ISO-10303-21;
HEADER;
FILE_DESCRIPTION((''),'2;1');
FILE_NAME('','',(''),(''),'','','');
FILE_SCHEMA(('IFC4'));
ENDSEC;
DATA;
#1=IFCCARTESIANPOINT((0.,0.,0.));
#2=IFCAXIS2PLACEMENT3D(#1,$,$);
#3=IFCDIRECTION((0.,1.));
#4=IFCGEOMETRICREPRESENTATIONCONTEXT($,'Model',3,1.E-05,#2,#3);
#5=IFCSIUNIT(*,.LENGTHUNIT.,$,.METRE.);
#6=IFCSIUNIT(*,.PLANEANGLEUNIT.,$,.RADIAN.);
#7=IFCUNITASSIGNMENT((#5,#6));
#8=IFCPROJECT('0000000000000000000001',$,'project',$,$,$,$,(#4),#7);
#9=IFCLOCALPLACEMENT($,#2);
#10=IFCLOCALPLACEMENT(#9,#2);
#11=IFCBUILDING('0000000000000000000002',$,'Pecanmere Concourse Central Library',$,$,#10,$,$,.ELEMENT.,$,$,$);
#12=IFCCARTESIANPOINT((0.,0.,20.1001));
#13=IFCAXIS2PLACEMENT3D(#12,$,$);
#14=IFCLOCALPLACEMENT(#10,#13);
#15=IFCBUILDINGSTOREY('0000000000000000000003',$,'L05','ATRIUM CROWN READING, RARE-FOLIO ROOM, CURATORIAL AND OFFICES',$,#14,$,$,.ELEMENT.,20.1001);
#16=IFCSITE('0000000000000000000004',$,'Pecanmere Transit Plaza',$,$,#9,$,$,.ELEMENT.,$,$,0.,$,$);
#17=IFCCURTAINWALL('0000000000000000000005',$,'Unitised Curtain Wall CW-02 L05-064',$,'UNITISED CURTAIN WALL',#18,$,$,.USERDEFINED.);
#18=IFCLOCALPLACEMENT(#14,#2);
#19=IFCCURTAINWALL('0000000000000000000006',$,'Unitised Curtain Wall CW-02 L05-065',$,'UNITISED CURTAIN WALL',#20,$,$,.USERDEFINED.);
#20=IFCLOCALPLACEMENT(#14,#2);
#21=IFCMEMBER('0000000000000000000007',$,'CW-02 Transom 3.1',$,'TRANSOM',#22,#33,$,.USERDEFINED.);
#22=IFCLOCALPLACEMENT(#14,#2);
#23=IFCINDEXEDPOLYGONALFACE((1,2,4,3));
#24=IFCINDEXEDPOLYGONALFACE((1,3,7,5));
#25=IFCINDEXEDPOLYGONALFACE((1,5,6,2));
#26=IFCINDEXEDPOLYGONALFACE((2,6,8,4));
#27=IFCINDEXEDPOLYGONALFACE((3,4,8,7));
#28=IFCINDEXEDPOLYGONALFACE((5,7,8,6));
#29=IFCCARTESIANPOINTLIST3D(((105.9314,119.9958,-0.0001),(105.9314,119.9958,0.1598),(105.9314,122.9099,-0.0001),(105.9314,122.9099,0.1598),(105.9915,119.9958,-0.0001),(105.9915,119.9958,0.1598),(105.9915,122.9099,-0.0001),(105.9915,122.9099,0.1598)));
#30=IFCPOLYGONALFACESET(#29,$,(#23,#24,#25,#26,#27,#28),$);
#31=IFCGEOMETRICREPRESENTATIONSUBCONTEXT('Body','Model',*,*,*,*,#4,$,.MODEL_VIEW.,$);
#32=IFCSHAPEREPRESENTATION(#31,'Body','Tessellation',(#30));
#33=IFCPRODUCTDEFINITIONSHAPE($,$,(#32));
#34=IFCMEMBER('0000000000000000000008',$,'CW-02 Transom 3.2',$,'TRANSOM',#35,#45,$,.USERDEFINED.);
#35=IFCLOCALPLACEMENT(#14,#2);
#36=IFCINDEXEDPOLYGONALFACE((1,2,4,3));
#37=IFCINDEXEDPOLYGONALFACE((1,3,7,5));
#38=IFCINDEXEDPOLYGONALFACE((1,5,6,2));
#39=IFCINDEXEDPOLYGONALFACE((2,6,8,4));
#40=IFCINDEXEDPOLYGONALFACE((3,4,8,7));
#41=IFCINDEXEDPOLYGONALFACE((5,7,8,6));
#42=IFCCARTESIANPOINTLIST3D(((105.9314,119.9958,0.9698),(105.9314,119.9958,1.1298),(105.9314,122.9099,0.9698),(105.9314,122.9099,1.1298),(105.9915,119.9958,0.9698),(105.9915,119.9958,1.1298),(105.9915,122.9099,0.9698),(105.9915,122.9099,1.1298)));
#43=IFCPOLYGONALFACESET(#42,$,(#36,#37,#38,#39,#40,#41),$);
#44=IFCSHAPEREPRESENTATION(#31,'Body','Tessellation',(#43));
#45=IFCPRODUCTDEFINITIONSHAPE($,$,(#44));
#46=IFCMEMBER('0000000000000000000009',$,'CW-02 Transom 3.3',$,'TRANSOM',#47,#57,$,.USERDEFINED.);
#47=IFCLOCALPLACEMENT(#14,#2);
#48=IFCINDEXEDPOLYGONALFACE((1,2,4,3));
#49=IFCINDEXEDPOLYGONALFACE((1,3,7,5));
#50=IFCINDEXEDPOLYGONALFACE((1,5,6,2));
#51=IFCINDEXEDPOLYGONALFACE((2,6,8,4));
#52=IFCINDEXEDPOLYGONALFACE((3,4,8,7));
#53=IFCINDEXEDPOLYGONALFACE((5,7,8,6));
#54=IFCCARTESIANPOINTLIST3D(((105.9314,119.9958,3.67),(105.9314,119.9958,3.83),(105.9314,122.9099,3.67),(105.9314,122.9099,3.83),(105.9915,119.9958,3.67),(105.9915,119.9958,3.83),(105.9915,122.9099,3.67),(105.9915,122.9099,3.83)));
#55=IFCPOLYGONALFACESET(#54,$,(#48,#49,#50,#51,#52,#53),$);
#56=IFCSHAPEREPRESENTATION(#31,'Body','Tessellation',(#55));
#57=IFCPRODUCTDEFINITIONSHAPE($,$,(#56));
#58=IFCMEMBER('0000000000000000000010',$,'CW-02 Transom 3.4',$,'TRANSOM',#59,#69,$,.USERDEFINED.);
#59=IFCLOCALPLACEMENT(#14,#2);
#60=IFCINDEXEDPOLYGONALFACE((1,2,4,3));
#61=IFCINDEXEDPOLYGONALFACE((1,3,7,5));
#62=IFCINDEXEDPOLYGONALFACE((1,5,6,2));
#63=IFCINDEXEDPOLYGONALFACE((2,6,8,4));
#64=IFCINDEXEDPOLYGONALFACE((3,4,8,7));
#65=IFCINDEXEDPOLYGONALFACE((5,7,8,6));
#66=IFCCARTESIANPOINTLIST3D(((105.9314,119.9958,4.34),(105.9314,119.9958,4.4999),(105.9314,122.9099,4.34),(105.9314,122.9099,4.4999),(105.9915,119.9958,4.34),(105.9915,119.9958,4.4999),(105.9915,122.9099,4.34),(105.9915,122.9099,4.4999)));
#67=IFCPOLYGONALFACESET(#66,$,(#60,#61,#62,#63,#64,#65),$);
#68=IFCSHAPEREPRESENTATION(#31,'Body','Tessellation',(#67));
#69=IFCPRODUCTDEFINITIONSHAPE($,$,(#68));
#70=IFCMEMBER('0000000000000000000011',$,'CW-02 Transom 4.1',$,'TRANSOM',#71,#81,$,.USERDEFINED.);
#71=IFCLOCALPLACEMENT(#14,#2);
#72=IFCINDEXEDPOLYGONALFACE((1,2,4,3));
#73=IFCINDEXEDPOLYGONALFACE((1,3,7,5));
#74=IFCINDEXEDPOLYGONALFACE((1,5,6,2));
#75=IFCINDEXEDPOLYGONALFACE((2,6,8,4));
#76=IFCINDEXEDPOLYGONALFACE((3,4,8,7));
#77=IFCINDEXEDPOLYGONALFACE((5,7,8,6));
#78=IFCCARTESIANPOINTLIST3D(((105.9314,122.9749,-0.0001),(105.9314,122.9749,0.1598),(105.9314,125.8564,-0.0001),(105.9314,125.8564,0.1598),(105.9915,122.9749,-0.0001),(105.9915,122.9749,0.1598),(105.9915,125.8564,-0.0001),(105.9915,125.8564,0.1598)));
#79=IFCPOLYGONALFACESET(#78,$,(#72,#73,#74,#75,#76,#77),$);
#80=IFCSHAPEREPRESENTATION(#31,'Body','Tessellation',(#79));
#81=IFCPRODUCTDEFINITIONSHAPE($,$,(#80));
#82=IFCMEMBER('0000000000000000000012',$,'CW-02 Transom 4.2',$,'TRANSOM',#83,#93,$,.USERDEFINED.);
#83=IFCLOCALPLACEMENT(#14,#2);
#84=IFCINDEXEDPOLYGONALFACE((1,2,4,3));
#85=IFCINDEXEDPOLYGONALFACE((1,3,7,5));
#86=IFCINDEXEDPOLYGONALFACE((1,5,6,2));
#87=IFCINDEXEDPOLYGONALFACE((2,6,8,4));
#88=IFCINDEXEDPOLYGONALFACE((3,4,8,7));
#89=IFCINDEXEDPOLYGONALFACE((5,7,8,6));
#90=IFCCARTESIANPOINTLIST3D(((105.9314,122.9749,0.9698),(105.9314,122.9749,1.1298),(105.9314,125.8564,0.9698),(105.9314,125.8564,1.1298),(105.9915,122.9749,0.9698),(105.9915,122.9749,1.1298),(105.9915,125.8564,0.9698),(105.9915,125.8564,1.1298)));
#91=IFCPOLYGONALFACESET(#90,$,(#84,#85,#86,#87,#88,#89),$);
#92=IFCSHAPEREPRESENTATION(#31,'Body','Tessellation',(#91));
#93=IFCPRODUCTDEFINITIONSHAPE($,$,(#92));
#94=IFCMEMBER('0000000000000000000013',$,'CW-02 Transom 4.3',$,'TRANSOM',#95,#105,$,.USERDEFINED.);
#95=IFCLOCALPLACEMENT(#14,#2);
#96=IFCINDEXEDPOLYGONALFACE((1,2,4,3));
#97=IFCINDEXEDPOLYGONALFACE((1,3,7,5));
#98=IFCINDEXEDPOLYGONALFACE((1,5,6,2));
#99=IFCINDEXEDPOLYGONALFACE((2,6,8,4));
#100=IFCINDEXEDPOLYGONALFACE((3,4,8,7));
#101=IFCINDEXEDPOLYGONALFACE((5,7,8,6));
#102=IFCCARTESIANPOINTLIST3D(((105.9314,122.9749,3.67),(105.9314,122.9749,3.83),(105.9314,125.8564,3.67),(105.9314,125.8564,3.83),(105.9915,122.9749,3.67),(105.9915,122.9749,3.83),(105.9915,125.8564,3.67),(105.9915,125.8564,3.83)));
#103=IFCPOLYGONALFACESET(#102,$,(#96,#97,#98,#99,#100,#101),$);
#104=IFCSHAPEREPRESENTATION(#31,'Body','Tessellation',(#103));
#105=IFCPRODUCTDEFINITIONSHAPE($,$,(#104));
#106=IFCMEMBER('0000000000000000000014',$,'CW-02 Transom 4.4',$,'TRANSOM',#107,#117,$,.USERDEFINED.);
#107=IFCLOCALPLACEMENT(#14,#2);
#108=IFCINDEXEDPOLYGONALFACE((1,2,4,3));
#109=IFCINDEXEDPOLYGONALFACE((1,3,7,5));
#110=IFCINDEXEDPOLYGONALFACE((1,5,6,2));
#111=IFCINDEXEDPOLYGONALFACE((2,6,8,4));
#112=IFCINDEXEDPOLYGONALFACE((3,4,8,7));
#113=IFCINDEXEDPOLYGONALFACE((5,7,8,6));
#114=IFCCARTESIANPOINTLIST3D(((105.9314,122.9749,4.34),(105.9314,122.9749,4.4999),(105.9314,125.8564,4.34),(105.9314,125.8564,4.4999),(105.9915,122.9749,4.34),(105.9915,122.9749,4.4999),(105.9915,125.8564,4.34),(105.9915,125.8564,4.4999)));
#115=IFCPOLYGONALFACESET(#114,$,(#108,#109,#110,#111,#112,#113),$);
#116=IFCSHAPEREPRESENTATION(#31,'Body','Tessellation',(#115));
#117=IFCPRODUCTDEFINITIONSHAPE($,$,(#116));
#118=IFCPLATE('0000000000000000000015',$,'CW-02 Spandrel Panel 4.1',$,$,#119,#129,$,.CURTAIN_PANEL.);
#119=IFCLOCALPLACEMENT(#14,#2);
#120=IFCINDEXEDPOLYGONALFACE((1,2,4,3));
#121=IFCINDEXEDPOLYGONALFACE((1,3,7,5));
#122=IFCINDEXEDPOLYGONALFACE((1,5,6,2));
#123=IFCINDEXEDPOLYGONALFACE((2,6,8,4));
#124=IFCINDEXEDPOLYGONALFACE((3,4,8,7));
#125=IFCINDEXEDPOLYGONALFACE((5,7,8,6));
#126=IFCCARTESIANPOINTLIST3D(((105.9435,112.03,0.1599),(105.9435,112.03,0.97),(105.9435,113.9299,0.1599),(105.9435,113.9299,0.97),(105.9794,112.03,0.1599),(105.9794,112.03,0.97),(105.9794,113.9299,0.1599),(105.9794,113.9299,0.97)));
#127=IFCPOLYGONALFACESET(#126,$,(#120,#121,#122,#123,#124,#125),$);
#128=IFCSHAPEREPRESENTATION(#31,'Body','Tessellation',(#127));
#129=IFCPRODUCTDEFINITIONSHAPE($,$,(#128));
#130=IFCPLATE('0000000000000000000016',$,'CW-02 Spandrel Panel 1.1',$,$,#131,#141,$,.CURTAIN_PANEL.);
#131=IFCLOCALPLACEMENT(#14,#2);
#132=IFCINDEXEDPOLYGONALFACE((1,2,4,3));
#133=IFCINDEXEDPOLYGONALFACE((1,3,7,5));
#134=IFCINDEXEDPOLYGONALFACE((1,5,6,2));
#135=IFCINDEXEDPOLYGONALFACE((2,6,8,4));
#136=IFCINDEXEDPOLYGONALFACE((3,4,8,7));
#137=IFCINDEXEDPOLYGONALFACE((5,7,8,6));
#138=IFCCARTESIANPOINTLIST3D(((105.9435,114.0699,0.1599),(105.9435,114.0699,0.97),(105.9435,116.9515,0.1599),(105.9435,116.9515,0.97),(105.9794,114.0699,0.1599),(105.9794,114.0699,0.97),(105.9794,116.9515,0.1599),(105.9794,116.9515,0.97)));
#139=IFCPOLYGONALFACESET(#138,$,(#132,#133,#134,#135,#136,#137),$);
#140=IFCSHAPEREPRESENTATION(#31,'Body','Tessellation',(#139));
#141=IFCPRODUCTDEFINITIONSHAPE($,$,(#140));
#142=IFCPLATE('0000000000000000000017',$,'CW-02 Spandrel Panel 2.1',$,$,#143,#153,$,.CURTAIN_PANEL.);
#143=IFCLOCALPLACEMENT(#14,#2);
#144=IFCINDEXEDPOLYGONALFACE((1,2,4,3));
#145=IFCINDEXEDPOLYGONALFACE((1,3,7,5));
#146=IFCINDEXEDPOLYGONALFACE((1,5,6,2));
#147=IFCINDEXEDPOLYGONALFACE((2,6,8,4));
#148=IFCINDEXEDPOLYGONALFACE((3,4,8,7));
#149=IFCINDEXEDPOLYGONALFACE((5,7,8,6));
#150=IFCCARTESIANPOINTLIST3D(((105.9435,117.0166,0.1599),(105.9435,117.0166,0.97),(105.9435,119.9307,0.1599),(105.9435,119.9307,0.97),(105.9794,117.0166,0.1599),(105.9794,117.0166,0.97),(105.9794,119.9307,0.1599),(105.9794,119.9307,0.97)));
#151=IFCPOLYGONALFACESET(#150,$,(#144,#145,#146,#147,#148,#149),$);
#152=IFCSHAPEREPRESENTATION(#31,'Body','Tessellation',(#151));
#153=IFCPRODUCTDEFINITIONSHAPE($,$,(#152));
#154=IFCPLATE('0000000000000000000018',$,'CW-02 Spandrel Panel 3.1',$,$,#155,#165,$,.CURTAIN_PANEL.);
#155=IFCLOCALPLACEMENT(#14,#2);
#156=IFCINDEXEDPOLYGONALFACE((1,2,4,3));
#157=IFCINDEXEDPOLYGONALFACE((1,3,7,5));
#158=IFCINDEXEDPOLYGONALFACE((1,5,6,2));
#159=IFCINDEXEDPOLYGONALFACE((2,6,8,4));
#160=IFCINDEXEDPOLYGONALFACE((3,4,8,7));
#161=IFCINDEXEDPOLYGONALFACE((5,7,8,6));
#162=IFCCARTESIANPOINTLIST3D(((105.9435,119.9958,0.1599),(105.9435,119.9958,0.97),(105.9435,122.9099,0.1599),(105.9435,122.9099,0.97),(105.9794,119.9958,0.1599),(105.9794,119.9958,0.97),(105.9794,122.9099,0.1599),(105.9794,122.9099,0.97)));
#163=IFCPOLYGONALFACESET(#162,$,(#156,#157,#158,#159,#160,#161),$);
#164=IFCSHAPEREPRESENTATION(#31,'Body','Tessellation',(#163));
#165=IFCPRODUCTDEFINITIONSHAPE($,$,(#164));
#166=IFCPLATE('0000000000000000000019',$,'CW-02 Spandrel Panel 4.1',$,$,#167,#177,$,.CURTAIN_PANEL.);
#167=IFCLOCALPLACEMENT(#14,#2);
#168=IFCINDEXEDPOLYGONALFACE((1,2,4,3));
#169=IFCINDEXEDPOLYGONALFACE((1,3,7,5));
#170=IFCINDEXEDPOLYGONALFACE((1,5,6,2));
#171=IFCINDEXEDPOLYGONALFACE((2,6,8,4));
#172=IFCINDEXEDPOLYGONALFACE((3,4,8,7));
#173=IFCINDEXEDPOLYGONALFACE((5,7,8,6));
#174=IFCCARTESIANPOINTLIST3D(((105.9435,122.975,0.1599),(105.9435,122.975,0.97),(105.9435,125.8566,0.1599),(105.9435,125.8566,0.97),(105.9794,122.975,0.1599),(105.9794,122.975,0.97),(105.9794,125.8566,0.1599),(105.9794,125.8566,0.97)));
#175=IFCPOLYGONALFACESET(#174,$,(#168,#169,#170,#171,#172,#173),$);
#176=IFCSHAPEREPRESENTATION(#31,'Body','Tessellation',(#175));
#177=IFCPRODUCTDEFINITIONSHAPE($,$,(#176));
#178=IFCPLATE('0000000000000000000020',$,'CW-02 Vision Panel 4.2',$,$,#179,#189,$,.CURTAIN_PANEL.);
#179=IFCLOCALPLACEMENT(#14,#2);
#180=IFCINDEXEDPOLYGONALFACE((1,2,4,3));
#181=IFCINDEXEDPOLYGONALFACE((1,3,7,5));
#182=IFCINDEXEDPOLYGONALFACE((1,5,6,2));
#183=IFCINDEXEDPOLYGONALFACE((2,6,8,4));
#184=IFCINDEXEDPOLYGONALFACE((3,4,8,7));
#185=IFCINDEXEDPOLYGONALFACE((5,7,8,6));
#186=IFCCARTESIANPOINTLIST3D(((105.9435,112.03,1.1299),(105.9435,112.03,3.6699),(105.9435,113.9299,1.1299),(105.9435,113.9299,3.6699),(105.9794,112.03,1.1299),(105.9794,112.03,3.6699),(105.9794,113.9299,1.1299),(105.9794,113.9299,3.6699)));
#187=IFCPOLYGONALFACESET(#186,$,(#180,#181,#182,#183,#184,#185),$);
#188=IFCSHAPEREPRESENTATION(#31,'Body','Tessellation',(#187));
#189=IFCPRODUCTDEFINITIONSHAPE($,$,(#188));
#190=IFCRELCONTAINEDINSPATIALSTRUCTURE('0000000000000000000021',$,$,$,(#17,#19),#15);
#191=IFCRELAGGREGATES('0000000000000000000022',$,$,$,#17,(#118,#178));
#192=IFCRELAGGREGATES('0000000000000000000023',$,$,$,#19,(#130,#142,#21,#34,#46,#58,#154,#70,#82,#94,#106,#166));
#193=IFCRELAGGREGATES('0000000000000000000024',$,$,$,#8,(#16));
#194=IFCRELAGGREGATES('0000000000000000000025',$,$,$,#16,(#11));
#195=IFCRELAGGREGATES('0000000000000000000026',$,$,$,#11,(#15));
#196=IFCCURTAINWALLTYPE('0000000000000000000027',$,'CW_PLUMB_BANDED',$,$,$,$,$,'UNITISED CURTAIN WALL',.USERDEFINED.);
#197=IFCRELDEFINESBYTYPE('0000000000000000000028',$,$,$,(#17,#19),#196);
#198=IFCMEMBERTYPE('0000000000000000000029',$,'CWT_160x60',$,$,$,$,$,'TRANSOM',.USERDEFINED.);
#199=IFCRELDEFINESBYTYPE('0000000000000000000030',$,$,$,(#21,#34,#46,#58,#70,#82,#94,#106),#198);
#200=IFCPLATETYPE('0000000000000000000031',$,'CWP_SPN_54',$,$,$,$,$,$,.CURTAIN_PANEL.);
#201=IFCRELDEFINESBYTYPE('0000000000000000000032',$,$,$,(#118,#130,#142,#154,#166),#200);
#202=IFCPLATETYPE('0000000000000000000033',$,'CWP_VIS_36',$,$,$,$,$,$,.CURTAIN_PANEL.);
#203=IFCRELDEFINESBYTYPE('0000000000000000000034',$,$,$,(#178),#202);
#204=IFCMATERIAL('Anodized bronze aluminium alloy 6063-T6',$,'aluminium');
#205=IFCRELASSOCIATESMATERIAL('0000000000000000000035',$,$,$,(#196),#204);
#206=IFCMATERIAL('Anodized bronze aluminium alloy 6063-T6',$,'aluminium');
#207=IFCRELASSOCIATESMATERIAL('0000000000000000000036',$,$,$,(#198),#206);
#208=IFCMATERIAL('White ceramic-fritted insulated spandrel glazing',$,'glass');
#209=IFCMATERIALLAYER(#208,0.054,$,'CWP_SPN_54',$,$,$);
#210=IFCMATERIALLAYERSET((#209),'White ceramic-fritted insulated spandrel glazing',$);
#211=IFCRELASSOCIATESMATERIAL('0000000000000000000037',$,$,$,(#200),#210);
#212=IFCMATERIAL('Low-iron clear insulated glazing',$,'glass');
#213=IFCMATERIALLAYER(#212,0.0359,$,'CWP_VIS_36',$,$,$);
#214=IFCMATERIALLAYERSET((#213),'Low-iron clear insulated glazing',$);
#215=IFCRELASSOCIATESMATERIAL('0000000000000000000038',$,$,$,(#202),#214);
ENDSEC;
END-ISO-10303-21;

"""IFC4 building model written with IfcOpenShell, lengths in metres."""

from ifc_helpers import new_model, si_unit, direction, frame, origin, origin_2d, place, context, subcontext, project, spatial, rectangle, extrude, material, layer, layer_set, material_profile, profile_set, type_object, element, aggregate, save


model = new_model("IFC4")

# Units and contexts
model_context = context("Model", 3, precision=1e-05, world=origin(), true_north=direction((0.0, 1.0)))
body_context = subcontext(model_context, "Body", "Model", "MODEL_VIEW")
ifc_project = project(units=[si_unit("LENGTHUNIT", "METRE"), si_unit("PLANEANGLEUNIT", "RADIAN")], contexts=[model_context])

# Site, building, storey
site_placement = place(None, origin())
site = spatial("IfcSite", under=ifc_project, at=site_placement, Name="Pecanmere Transit Plaza", CompositionType="ELEMENT", RefElevation=0.0)
building_placement = place(site_placement, origin())
building = spatial("IfcBuilding", under=site, at=building_placement, Name="Pecanmere Concourse Central Library", CompositionType="ELEMENT")
storey_placement = place(building_placement, frame((0.0, 0.0, 20.1001)))
storey = spatial("IfcBuildingStorey", under=building, at=storey_placement, Name="L05", Description="ATRIUM CROWN READING, RARE-FOLIO ROOM, CURATORIAL AND OFFICES", CompositionType="ELEMENT", Elevation=20.1001)

# Curtain wall
ifc_material_1 = material(Name="Anodized bronze aluminium alloy 6063-T6", Category="aluminium")
curtain_wall_type = type_object("IfcCurtainWallType", Name="CW_PLUMB_BANDED", ElementType="UNITISED CURTAIN WALL", PredefinedType="USERDEFINED", material=ifc_material_1)
curtain_wall_1_placement = place(storey_placement, origin())
curtain_wall_1 = element("IfcCurtainWall", 1, at=curtain_wall_1_placement, inside=storey, type_object=curtain_wall_type, Name="Unitised Curtain Wall CW-02 L05-064", ObjectType="UNITISED CURTAIN WALL", PredefinedType="USERDEFINED")

# Curtain wall
curtain_wall_2_placement = place(storey_placement, origin())
curtain_wall_2 = element("IfcCurtainWall", 2, at=curtain_wall_2_placement, inside=storey, type_object=curtain_wall_type, Name="Unitised Curtain Wall CW-02 L05-065", ObjectType="UNITISED CURTAIN WALL", PredefinedType="USERDEFINED")

# Members
ifc_material_2 = material(Name="Anodized bronze aluminium alloy 6063-T6", Category="aluminium")
ifc_material_profile_1 = material_profile(ifc_material_2, rectangle(XDim=0.0601, YDim=0.1599, at=origin_2d()), Name="AL 60x160")
ifc_profile_set_1 = profile_set([ifc_material_profile_1], Name="Anodized bronze aluminium alloy 6063-T6")
member_type_1 = type_object("IfcMemberType", Name="CWT_160x60", ElementType="TRANSOM", PredefinedType="USERDEFINED", material=ifc_profile_set_1)
member_1_placement = place(storey_placement, frame((105.9614, 119.9958, 0.0798), z_axis=(0.0, 1.0, 0.0), x_axis=(-1.0, 0.0, 0.0)))
member_1 = element("IfcMember", 3, at=member_1_placement, type_object=member_type_1, Name="CW-02 Transom 3.1", ObjectType="TRANSOM", PredefinedType="USERDEFINED", context=body_context, shape_type="SweptSolid", body=[
    extrude(rectangle(XDim=0.0601, YDim=0.1599, at=origin_2d()), origin(), (0.0, 0.0, 1.0), 2.9141),
])
member_2_placement = place(storey_placement, frame((105.9614, 119.9958, 1.0498), z_axis=(0.0, 1.0, 0.0), x_axis=(-1.0, 0.0, 0.0)))
member_2 = element("IfcMember", 4, at=member_2_placement, type_object=member_type_1, Name="CW-02 Transom 3.2", ObjectType="TRANSOM", PredefinedType="USERDEFINED", context=body_context, shape_type="SweptSolid", body=[
    extrude(rectangle(XDim=0.0601, YDim=0.1599, at=origin_2d()), origin(), (0.0, 0.0, 1.0), 2.9141),
])
member_3_placement = place(storey_placement, frame((105.9614, 119.9958, 3.75), z_axis=(0.0, 1.0, 0.0), x_axis=(-1.0, 0.0, 0.0)))
member_3 = element("IfcMember", 5, at=member_3_placement, type_object=member_type_1, Name="CW-02 Transom 3.3", ObjectType="TRANSOM", PredefinedType="USERDEFINED", context=body_context, shape_type="SweptSolid", body=[
    extrude(rectangle(XDim=0.0601, YDim=0.1599, at=origin_2d()), origin(), (0.0, 0.0, 1.0), 2.9141),
])
member_4_placement = place(storey_placement, frame((105.9614, 119.9958, 4.4199), z_axis=(0.0, 1.0, 0.0), x_axis=(-1.0, 0.0, 0.0)))
member_4 = element("IfcMember", 6, at=member_4_placement, type_object=member_type_1, Name="CW-02 Transom 3.4", ObjectType="TRANSOM", PredefinedType="USERDEFINED", context=body_context, shape_type="SweptSolid", body=[
    extrude(rectangle(XDim=0.0601, YDim=0.1599, at=origin_2d()), origin(), (0.0, 0.0, 1.0), 2.9141),
])
member_5_placement = place(storey_placement, frame((105.9614, 122.9749, 0.0798), z_axis=(0.0, 1.0, 0.0), x_axis=(-1.0, 0.0, 0.0)))
member_5 = element("IfcMember", 7, at=member_5_placement, type_object=member_type_1, Name="CW-02 Transom 4.1", ObjectType="TRANSOM", PredefinedType="USERDEFINED", context=body_context, shape_type="SweptSolid", body=[
    extrude(rectangle(XDim=0.0601, YDim=0.1599, at=origin_2d()), origin(), (0.0, 0.0, 1.0), 2.8816),
])
member_6_placement = place(storey_placement, frame((105.9614, 122.9749, 1.0498), z_axis=(0.0, 1.0, 0.0), x_axis=(-1.0, 0.0, 0.0)))
member_6 = element("IfcMember", 8, at=member_6_placement, type_object=member_type_1, Name="CW-02 Transom 4.2", ObjectType="TRANSOM", PredefinedType="USERDEFINED", context=body_context, shape_type="SweptSolid", body=[
    extrude(rectangle(XDim=0.0601, YDim=0.1599, at=origin_2d()), origin(), (0.0, 0.0, 1.0), 2.8816),
])
member_7_placement = place(storey_placement, frame((105.9614, 122.9749, 3.75), z_axis=(0.0, 1.0, 0.0), x_axis=(-1.0, 0.0, 0.0)))
member_7 = element("IfcMember", 9, at=member_7_placement, type_object=member_type_1, Name="CW-02 Transom 4.3", ObjectType="TRANSOM", PredefinedType="USERDEFINED", context=body_context, shape_type="SweptSolid", body=[
    extrude(rectangle(XDim=0.0601, YDim=0.1599, at=origin_2d()), origin(), (0.0, 0.0, 1.0), 2.8816),
])
member_8_placement = place(storey_placement, frame((105.9614, 122.9749, 4.4199), z_axis=(0.0, 1.0, 0.0), x_axis=(-1.0, 0.0, 0.0)))
member_8 = element("IfcMember", 10, at=member_8_placement, type_object=member_type_1, Name="CW-02 Transom 4.4", ObjectType="TRANSOM", PredefinedType="USERDEFINED", context=body_context, shape_type="SweptSolid", body=[
    extrude(rectangle(XDim=0.0601, YDim=0.1599, at=origin_2d()), origin(), (0.0, 0.0, 1.0), 2.8816),
])

# Plates
ifc_material_3 = material(Name="White ceramic-fritted insulated spandrel glazing", Category="glass")
ifc_layer_1 = layer(ifc_material_3, 0.054, Name="CWP_SPN_54")
ifc_layer_set_1 = layer_set([ifc_layer_1], Name="White ceramic-fritted insulated spandrel glazing")
plate_type_1 = type_object("IfcPlateType", Name="CWP_SPN_54", PredefinedType="CURTAIN_PANEL", material=ifc_layer_set_1)
plate_1_placement = place(storey_placement, frame((105.9614, 112.98, 0.1599), z_axis=(0.0, 0.0, 1.0), x_axis=(0.0, 1.0, 0.0)))
plate_1 = element("IfcPlate", 11, at=plate_1_placement, type_object=plate_type_1, Name="CW-02 Spandrel Panel 4.1", PredefinedType="CURTAIN_PANEL", context=body_context, shape_type="SweptSolid", body=[
    extrude(rectangle(XDim=1.8999, YDim=0.0359, at=origin_2d()), origin(), (0.0, 0.0, 1.0), 0.8101),
])
plate_2_placement = place(storey_placement, frame((105.9614, 115.5107, 0.1599), z_axis=(0.0, 0.0, 1.0), x_axis=(0.0, 1.0, 0.0)))
plate_2 = element("IfcPlate", 12, at=plate_2_placement, type_object=plate_type_1, Name="CW-02 Spandrel Panel 1.1", PredefinedType="CURTAIN_PANEL", context=body_context, shape_type="SweptSolid", body=[
    extrude(rectangle(XDim=2.8816, YDim=0.0359, at=origin_2d()), origin(), (0.0, 0.0, 1.0), 0.8101),
])
plate_3_placement = place(storey_placement, frame((105.9614, 118.4736, 0.1599), z_axis=(0.0, 0.0, 1.0), x_axis=(0.0, 1.0, 0.0)))
plate_3 = element("IfcPlate", 13, at=plate_3_placement, type_object=plate_type_1, Name="CW-02 Spandrel Panel 2.1", PredefinedType="CURTAIN_PANEL", context=body_context, shape_type="SweptSolid", body=[
    extrude(rectangle(XDim=2.9141, YDim=0.0359, at=origin_2d()), origin(), (0.0, 0.0, 1.0), 0.8101),
])
plate_4_placement = place(storey_placement, frame((105.9614, 121.4529, 0.1599), z_axis=(0.0, 0.0, 1.0), x_axis=(0.0, 1.0, 0.0)))
plate_4 = element("IfcPlate", 14, at=plate_4_placement, type_object=plate_type_1, Name="CW-02 Spandrel Panel 3.1", PredefinedType="CURTAIN_PANEL", context=body_context, shape_type="SweptSolid", body=[
    extrude(rectangle(XDim=2.9141, YDim=0.0359, at=origin_2d()), origin(), (0.0, 0.0, 1.0), 0.8101),
])
plate_5_placement = place(storey_placement, frame((105.9614, 124.4158, 0.1599), z_axis=(0.0, 0.0, 1.0), x_axis=(0.0, 1.0, 0.0)))
plate_5 = element("IfcPlate", 15, at=plate_5_placement, type_object=plate_type_1, Name="CW-02 Spandrel Panel 4.1", PredefinedType="CURTAIN_PANEL", context=body_context, shape_type="SweptSolid", body=[
    extrude(rectangle(XDim=2.8816, YDim=0.0359, at=origin_2d()), origin(), (0.0, 0.0, 1.0), 0.8101),
])
ifc_material_4 = material(Name="Low-iron clear insulated glazing", Category="glass")
ifc_layer_2 = layer(ifc_material_4, 0.0359, Name="CWP_VIS_36")
ifc_layer_set_2 = layer_set([ifc_layer_2], Name="Low-iron clear insulated glazing")
plate_type_2 = type_object("IfcPlateType", Name="CWP_VIS_36", PredefinedType="CURTAIN_PANEL", material=ifc_layer_set_2)
plate_6_placement = place(storey_placement, frame((105.9614, 112.98, 1.1299), z_axis=(0.0, 0.0, 1.0), x_axis=(0.0, 1.0, 0.0)))
plate_6 = element("IfcPlate", 16, at=plate_6_placement, type_object=plate_type_2, Name="CW-02 Vision Panel 4.2", PredefinedType="CURTAIN_PANEL", context=body_context, shape_type="SweptSolid", body=[
    extrude(rectangle(XDim=1.8999, YDim=0.0359, at=origin_2d()), origin(), (0.0, 0.0, 1.0), 2.54),
])
aggregate(curtain_wall_1, [plate_1, plate_6])
aggregate(curtain_wall_2, [plate_2, plate_3, member_1, member_2, member_3, member_4, plate_4, member_5, member_6, member_7, member_8, plate_5])

save(model, "model.ifc")
